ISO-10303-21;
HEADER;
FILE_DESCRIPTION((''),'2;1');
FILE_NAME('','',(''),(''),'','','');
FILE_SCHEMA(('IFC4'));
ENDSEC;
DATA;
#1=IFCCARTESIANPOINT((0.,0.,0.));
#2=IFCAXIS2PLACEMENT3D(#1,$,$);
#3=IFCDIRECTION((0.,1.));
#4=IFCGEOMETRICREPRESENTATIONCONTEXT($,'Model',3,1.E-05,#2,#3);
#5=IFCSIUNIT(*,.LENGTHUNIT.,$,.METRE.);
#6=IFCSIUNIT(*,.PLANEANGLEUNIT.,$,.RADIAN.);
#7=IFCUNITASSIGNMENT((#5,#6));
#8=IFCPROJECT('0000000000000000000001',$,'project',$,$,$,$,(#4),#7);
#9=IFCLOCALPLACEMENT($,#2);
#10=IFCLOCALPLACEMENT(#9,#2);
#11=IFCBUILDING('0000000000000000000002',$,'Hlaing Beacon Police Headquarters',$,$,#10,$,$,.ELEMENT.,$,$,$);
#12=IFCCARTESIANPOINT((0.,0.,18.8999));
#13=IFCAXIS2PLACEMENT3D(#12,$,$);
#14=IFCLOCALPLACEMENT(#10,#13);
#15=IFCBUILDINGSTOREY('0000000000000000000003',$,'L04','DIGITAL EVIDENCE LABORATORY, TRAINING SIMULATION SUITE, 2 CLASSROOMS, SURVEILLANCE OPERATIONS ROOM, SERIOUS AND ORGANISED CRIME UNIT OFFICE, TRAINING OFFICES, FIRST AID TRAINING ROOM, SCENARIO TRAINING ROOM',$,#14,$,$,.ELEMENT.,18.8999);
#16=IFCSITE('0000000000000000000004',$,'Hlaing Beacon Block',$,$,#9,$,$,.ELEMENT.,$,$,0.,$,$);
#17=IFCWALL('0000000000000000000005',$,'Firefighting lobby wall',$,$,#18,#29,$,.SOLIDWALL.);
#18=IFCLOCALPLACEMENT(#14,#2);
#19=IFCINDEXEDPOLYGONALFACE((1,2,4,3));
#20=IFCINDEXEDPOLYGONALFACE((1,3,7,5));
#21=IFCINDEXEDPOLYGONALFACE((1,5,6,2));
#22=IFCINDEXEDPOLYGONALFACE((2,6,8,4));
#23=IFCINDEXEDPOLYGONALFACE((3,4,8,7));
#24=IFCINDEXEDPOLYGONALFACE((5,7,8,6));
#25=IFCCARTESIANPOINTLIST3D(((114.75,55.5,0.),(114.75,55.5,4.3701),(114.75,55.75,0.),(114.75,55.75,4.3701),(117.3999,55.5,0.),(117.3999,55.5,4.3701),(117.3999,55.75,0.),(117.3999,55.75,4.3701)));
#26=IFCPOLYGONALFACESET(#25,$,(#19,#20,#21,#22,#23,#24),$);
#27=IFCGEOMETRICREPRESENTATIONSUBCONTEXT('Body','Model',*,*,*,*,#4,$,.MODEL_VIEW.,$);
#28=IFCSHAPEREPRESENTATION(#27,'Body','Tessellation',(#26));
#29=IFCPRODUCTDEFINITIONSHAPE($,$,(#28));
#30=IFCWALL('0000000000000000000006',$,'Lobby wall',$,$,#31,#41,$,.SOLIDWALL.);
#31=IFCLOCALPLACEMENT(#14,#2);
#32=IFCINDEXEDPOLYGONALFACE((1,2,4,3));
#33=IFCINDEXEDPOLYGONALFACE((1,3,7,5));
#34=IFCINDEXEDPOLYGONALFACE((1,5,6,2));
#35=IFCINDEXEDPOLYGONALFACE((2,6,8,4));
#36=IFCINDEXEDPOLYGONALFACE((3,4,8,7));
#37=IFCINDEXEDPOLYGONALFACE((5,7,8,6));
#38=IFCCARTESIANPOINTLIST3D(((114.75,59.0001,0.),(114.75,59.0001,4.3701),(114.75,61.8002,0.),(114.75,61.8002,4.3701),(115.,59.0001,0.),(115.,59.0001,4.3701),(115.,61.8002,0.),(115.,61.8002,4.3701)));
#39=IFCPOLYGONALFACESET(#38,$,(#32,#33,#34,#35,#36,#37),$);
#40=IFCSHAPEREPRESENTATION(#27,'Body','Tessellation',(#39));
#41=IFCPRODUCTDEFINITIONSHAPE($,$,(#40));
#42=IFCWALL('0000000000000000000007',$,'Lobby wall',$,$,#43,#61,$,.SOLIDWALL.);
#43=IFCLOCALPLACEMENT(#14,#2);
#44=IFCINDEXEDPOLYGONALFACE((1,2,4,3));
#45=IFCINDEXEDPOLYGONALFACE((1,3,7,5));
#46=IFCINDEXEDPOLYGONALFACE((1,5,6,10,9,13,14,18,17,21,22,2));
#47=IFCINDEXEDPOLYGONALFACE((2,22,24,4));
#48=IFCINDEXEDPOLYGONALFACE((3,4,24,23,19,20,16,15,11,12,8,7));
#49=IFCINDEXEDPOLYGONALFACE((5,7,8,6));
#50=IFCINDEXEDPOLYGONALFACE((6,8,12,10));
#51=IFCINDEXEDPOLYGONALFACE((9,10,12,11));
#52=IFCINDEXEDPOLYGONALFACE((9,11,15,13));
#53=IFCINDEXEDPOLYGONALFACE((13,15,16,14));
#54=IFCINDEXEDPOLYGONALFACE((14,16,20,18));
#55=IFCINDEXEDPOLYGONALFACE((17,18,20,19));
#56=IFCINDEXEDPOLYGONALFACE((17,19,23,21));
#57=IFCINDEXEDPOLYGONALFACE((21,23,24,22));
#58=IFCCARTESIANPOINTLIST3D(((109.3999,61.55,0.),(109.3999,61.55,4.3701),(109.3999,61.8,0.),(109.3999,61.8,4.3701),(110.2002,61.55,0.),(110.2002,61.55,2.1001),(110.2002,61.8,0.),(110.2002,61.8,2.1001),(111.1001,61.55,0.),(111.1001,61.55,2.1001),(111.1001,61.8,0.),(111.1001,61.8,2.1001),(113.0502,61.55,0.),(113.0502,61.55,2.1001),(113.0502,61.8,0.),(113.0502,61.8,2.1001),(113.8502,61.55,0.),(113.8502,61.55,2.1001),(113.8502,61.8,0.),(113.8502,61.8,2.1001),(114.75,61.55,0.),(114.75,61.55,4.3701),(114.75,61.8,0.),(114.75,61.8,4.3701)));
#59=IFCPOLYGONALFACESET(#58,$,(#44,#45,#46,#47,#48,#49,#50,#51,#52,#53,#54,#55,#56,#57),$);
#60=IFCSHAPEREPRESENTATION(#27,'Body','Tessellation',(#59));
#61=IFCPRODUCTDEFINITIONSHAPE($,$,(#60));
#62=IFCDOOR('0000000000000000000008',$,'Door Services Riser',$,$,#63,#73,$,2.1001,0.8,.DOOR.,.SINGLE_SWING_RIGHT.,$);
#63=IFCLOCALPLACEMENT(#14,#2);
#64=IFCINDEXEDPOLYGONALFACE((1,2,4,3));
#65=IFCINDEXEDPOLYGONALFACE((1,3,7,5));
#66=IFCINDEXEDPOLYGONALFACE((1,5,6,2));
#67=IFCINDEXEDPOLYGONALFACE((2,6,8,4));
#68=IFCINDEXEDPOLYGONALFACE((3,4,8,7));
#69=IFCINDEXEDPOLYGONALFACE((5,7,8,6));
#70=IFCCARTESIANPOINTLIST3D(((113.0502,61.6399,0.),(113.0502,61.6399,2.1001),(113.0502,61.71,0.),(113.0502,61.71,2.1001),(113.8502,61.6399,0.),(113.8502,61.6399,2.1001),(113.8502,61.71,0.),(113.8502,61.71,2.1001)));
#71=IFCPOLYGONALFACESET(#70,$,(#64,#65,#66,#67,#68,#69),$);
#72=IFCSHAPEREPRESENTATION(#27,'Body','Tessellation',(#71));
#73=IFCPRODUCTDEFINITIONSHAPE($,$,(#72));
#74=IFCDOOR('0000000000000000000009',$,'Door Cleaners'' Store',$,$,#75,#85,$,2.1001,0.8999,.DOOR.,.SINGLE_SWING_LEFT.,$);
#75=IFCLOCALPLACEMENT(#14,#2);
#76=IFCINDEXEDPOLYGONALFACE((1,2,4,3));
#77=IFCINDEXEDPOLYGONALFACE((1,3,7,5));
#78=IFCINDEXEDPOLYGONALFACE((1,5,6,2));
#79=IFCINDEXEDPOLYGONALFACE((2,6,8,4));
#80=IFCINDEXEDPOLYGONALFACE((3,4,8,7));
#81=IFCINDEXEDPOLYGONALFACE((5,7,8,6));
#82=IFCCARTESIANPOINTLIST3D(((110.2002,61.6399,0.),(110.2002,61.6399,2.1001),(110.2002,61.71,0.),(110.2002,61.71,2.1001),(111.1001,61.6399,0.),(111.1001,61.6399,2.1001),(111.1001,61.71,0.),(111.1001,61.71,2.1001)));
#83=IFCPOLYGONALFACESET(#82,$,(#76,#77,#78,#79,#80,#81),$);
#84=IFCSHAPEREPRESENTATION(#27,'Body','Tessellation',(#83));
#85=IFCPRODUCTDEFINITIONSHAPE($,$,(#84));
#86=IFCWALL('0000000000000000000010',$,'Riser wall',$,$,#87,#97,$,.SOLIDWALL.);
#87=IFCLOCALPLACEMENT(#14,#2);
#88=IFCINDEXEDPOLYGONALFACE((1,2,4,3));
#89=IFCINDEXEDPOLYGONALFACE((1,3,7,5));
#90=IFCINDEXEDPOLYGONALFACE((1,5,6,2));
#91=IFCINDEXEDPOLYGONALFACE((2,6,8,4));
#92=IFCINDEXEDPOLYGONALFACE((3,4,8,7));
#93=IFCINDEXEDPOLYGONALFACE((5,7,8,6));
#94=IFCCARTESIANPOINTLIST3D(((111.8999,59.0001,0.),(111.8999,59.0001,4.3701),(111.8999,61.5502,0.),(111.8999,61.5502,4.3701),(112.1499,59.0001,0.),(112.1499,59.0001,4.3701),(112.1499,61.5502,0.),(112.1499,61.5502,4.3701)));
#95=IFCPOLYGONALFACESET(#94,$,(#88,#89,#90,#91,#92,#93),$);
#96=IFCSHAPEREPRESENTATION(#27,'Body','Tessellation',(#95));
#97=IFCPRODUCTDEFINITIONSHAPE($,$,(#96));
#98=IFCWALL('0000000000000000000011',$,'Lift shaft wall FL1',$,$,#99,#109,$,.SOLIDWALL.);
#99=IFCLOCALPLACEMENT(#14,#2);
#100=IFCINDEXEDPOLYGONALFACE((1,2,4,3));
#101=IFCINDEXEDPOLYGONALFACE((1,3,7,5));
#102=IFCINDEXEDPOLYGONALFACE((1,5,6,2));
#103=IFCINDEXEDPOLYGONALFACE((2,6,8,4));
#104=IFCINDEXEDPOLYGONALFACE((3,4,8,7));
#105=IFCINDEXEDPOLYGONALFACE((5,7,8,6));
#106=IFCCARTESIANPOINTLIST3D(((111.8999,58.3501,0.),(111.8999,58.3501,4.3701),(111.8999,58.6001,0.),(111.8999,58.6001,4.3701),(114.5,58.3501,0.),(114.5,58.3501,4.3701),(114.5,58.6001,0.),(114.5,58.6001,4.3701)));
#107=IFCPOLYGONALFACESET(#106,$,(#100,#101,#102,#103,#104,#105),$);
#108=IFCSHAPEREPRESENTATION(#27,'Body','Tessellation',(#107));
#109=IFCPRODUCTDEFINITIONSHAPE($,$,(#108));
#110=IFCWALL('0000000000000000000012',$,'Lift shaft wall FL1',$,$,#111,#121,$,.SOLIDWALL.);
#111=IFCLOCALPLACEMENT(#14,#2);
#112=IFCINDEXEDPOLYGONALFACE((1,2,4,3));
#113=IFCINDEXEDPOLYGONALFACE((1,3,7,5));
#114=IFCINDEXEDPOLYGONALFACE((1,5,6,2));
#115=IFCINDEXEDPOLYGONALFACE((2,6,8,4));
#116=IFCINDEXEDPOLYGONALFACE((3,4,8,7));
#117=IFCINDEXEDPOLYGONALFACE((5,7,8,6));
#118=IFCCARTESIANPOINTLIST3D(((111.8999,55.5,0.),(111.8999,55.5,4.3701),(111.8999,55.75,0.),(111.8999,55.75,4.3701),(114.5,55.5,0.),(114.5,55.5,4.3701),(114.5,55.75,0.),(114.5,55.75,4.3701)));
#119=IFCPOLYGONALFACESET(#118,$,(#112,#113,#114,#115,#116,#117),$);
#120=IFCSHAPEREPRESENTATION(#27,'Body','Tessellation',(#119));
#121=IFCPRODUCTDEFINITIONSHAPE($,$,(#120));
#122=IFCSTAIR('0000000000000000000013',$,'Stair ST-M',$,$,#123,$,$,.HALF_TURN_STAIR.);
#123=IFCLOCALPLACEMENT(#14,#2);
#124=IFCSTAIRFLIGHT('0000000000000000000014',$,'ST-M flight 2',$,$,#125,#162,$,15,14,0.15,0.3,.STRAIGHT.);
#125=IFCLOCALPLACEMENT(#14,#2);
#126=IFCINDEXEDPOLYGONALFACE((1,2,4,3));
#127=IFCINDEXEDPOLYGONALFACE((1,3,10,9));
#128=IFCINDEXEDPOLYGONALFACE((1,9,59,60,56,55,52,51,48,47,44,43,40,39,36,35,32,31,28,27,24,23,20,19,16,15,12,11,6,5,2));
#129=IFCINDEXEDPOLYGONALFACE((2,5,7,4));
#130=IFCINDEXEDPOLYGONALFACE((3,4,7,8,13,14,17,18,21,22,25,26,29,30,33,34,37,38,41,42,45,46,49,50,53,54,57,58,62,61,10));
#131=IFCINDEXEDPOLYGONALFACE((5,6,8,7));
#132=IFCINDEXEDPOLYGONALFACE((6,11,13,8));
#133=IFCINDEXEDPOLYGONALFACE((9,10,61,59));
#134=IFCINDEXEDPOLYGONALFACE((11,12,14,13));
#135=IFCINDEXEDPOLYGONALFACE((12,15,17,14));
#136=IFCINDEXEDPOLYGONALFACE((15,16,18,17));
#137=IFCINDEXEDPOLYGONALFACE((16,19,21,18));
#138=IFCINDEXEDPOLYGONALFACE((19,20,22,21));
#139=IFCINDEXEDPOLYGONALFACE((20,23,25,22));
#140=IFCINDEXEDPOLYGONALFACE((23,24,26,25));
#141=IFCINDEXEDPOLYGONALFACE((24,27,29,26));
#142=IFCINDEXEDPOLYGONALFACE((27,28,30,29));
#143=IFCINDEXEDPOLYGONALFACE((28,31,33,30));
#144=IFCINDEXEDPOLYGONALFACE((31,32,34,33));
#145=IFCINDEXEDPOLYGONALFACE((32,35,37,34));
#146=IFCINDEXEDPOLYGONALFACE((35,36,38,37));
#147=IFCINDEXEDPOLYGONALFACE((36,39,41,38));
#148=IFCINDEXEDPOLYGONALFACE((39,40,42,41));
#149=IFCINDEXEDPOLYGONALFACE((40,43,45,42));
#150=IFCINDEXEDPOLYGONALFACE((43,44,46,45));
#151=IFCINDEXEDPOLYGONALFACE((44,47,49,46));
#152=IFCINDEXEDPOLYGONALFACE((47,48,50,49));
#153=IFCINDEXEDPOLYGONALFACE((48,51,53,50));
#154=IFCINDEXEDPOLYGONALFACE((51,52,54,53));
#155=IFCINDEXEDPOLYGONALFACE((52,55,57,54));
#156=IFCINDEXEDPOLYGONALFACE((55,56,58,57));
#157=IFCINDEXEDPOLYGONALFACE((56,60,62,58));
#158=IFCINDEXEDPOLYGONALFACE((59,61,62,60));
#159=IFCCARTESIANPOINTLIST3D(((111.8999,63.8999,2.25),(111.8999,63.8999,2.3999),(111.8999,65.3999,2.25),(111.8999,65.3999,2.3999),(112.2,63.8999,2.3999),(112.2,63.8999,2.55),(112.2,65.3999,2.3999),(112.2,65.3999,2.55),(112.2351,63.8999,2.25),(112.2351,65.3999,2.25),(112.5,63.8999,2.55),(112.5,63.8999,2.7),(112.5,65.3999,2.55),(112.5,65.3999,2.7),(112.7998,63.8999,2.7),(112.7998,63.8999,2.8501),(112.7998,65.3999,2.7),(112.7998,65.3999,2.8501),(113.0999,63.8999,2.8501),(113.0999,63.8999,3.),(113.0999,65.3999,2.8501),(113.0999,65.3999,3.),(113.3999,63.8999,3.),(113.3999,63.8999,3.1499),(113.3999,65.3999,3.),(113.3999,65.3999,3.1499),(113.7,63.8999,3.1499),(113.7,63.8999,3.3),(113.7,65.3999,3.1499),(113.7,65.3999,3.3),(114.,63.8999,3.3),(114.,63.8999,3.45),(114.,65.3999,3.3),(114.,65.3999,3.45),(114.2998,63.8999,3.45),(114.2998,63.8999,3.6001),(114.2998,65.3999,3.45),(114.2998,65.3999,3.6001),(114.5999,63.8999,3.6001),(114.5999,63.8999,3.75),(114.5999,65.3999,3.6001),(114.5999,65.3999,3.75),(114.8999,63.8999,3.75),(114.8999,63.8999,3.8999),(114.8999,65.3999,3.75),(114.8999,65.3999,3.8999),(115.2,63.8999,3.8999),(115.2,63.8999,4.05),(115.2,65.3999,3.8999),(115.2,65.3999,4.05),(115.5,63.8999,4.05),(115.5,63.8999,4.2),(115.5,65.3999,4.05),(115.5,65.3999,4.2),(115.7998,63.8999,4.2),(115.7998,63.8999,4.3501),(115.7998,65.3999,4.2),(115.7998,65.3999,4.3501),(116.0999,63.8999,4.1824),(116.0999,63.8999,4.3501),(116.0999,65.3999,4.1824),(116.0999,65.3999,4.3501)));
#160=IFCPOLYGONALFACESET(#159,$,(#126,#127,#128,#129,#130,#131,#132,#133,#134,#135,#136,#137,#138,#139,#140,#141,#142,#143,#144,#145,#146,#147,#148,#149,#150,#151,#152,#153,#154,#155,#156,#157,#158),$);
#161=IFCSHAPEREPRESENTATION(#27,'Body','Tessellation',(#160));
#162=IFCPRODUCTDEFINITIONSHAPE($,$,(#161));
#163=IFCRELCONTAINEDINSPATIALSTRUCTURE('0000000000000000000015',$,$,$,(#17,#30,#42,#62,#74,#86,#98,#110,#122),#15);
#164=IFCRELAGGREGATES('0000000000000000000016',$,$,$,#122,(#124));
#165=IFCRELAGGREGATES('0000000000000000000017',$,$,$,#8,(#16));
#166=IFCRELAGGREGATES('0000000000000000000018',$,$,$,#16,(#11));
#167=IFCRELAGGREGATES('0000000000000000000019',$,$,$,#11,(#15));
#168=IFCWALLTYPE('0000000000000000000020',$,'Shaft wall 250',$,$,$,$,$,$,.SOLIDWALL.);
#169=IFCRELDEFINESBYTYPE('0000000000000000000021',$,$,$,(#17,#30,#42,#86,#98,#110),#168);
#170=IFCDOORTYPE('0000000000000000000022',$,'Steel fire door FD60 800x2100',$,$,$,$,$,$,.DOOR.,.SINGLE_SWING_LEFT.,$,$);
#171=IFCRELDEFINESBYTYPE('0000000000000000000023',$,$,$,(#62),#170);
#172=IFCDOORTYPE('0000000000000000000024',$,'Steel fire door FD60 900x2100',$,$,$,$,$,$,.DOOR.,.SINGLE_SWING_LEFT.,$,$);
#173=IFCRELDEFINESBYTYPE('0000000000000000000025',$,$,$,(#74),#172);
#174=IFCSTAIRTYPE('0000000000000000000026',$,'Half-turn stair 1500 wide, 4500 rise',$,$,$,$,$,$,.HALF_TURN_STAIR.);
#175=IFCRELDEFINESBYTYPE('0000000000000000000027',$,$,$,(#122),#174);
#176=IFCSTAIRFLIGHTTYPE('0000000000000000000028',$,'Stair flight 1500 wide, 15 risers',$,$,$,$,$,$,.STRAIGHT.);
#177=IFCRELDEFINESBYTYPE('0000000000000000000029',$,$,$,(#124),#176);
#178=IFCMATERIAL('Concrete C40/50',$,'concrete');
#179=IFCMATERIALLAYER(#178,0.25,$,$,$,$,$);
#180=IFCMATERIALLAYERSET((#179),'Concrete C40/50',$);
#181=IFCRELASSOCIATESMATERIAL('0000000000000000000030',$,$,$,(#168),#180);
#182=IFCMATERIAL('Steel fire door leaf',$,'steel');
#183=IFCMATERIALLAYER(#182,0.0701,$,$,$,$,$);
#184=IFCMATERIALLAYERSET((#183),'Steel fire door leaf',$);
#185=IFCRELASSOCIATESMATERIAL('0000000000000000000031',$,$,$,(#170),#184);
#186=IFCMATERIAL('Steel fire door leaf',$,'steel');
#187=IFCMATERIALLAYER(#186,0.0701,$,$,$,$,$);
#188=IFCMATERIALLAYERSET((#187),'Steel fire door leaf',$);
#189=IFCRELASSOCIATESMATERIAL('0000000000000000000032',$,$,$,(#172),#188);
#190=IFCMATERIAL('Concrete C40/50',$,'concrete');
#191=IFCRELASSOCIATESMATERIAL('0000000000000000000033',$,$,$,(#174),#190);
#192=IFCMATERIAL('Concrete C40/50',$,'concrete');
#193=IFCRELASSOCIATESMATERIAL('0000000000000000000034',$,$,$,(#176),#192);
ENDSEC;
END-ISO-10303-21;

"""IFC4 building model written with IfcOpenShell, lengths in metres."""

from ifc_helpers import new_model, si_unit, direction, frame, frame_2d, origin, place, context, subcontext, project, spatial, polyline, rectangle, outline, extrude, material, layer, layer_set, type_object, element, fill, aggregate, save


model = new_model("IFC4")

# Units and contexts
model_context = context("Model", 3, precision=1e-05, world=origin(), true_north=direction((0.0, 1.0)))
body_context = subcontext(model_context, "Body", "Model", "MODEL_VIEW")
ifc_project = project(units=[si_unit("LENGTHUNIT", "METRE"), si_unit("PLANEANGLEUNIT", "RADIAN")], contexts=[model_context])

# Site, building, storey
site_placement = place(None, origin())
site = spatial("IfcSite", under=ifc_project, at=site_placement, Name="Hlaing Beacon Block", CompositionType="ELEMENT", RefElevation=0.0)
building_placement = place(site_placement, origin())
building = spatial("IfcBuilding", under=site, at=building_placement, Name="Hlaing Beacon Police Headquarters", CompositionType="ELEMENT")
storey_placement = place(building_placement, frame((0.0, 0.0, 18.8999)))
storey = spatial("IfcBuildingStorey", under=building, at=storey_placement, Name="L04", Description="DIGITAL EVIDENCE LABORATORY, TRAINING SIMULATION SUITE, 2 CLASSROOMS, SURVEILLANCE OPERATIONS ROOM, SERIOUS AND ORGANISED CRIME UNIT OFFICE, TRAINING OFFICES, FIRST AID TRAINING ROOM, SCENARIO TRAINING ROOM", CompositionType="ELEMENT", Elevation=18.8999)

# Walls
ifc_material_1 = material(Name="Concrete C40/50", Category="concrete")
ifc_layer_1 = layer(ifc_material_1, 0.25)
ifc_layer_set_1 = layer_set([ifc_layer_1], Name="Concrete C40/50")
wall_type_1 = type_object("IfcWallType", Name="Shaft wall 250", PredefinedType="SOLIDWALL", material=ifc_layer_set_1)
wall_1_placement = place(storey_placement, frame((114.75, 55.625, 0.0), z_axis=(0.0, 0.0, 1.0), x_axis=(1.0, 0.0, 0.0)))
element("IfcWall", 1, at=wall_1_placement, inside=storey, type_object=wall_type_1, Name="Firefighting lobby wall", PredefinedType="SOLIDWALL", context=body_context, shape_type="SweptSolid", body=[
    extrude(rectangle(XDim=2.6499, YDim=0.25, at=frame_2d((1.325, 0.0))), origin(), (0.0, 0.0, 1.0), 4.3701),
])
wall_2_placement = place(storey_placement, frame((114.875, 61.8, 0.0), z_axis=(0.0, 0.0, 1.0), x_axis=(0.0, -1.0, 0.0)))
element("IfcWall", 2, at=wall_2_placement, inside=storey, type_object=wall_type_1, Name="Lobby wall", PredefinedType="SOLIDWALL", context=body_context, shape_type="SweptSolid", body=[
    extrude(rectangle(XDim=2.8, YDim=0.25, at=frame_2d((1.3999, 0.0))), origin(), (0.0, 0.0, 1.0), 4.3701),
])

# Wall, openings, doors
wall_3_placement = place(storey_placement, frame((114.75, 61.675, 0.0), z_axis=(0.0, 0.0, 1.0), x_axis=(-1.0, 0.0, 0.0)))
wall_3 = element("IfcWall", 3, at=wall_3_placement, inside=storey, type_object=wall_type_1, Name="Lobby wall", PredefinedType="SOLIDWALL", context=body_context, shape_type="SweptSolid", body=[
    extrude(rectangle(XDim=5.3501, YDim=0.25, at=frame_2d((2.675, 0.0))), origin(), (0.0, 0.0, 1.0), 4.3701),
])
opening_1_placement = place(wall_3_placement, frame((3.6499, 0.0, 0.0)))
opening_1 = element("IfcOpeningElement", 4, at=opening_1_placement, cuts=wall_3, PredefinedType="OPENING", context=body_context, shape_type="SweptSolid", body=[
    extrude(rectangle(XDim=0.8999, YDim=2.1001, at=frame_2d((0.45, 1.05))), frame((0.0, 0.135, 0.0), z_axis=(0.0, -1.0, 0.0), x_axis=(1.0, 0.0, 0.0)), (0.0, 0.0, 1.0), 0.27),
])
opening_2_placement = place(wall_3_placement, frame((0.8999, 0.0, 0.0)))
opening_2 = element("IfcOpeningElement", 5, at=opening_2_placement, cuts=wall_3, PredefinedType="OPENING", context=body_context, shape_type="SweptSolid", body=[
    extrude(rectangle(XDim=0.8, YDim=2.1001, at=frame_2d((0.3999, 1.05))), frame((0.0, 0.135, 0.0), z_axis=(0.0, -1.0, 0.0), x_axis=(1.0, 0.0, 0.0)), (0.0, 0.0, 1.0), 0.27),
])
ifc_material_2 = material(Name="Steel fire door leaf", Category="steel")
ifc_layer_2 = layer(ifc_material_2, 0.0701)
ifc_layer_set_2 = layer_set([ifc_layer_2], Name="Steel fire door leaf")
door_type_1 = type_object("IfcDoorType", Name="Steel fire door FD60 800x2100", OperationType="SINGLE_SWING_LEFT", PredefinedType="DOOR", material=ifc_layer_set_2)
door_1_placement = place(opening_2_placement, origin())
door_1 = element("IfcDoor", 6, at=door_1_placement, inside=storey, type_object=door_type_1, Name="Door Services Riser", OperationType="SINGLE_SWING_RIGHT", OverallHeight=2.1001, OverallWidth=0.8, PredefinedType="DOOR", context=body_context, shape_type="SweptSolid", body=[
    extrude(rectangle(XDim=0.8, YDim=2.1001, at=frame_2d((0.3999, 1.05))), frame((0.0, 0.0352, 0.0), z_axis=(0.0, -1.0, 0.0), x_axis=(1.0, 0.0, 0.0)), (0.0, 0.0, 1.0), 0.0701),
])
fill(opening_2, door_1)
ifc_material_3 = material(Name="Steel fire door leaf", Category="steel")
ifc_layer_3 = layer(ifc_material_3, 0.0701)
ifc_layer_set_3 = layer_set([ifc_layer_3], Name="Steel fire door leaf")
door_type_2 = type_object("IfcDoorType", Name="Steel fire door FD60 900x2100", OperationType="SINGLE_SWING_LEFT", PredefinedType="DOOR", material=ifc_layer_set_3)
door_2_placement = place(opening_1_placement, origin())
door_2 = element("IfcDoor", 7, at=door_2_placement, inside=storey, type_object=door_type_2, Name="Door Cleaners' Store", OperationType="SINGLE_SWING_LEFT", OverallHeight=2.1001, OverallWidth=0.8999, PredefinedType="DOOR", context=body_context, shape_type="SweptSolid", body=[
    extrude(rectangle(XDim=0.8999, YDim=2.1001, at=frame_2d((0.45, 1.05))), frame((0.0, 0.0352, 0.0), z_axis=(0.0, -1.0, 0.0), x_axis=(1.0, 0.0, 0.0)), (0.0, 0.0, 1.0), 0.0701),
])
fill(opening_1, door_2)

# Walls
wall_4_placement = place(storey_placement, frame((112.0249, 61.55, 0.0), z_axis=(0.0, 0.0, 1.0), x_axis=(0.0, -1.0, 0.0)))
element("IfcWall", 8, at=wall_4_placement, inside=storey, type_object=wall_type_1, Name="Riser wall", PredefinedType="SOLIDWALL", context=body_context, shape_type="SweptSolid", body=[
    extrude(rectangle(XDim=2.55, YDim=0.25, at=frame_2d((1.2749, 0.0))), origin(), (0.0, 0.0, 1.0), 4.3701),
])
for number, where, z_axis, x_axis, name in (
    (9, (111.8999, 58.4751, 0.0), (0.0, 0.0, 1.0), (1.0, 0.0, 0.0), "Lift shaft wall FL1"),
    (10, (111.8999, 55.625, 0.0), (0.0, 0.0, 1.0), (1.0, 0.0, 0.0), "Lift shaft wall FL1"),
):
    element("IfcWall", number, at=place(storey_placement, frame(where, z_axis=z_axis, x_axis=x_axis)), inside=storey, type_object=wall_type_1, Name=name, PredefinedType="SOLIDWALL", context=body_context, shape_type="SweptSolid", body=[
        extrude(rectangle(XDim=2.6001, YDim=0.25, at=frame_2d((1.3, 0.0))), origin(), (0.0, 0.0, 1.0), 4.3701),
    ])

# Stair, stair flight
ifc_material_4 = material(Name="Concrete C40/50", Category="concrete")
stair_type = type_object("IfcStairType", Name="Half-turn stair 1500 wide, 4500 rise", PredefinedType="HALF_TURN_STAIR", material=ifc_material_4)
stair_placement = place(storey_placement, origin())
stair = element("IfcStair", 11, at=stair_placement, inside=storey, type_object=stair_type, Name="Stair ST-M", PredefinedType="HALF_TURN_STAIR")
ifc_material_5 = material(Name="Concrete C40/50", Category="concrete")
stair_flight_type = type_object("IfcStairFlightType", Name="Stair flight 1500 wide, 15 risers", PredefinedType="STRAIGHT", material=ifc_material_5)
stair_flight_placement = place(storey_placement, frame((111.8999, 64.6499, 2.25), z_axis=(0.0, 0.0, 1.0), x_axis=(1.0, 0.0, 0.0)))
stair_flight = element("IfcStairFlight", 12, at=stair_flight_placement, type_object=stair_flight_type, Name="ST-M flight 2", NumberOfRisers=15, NumberOfTreads=14, PredefinedType="STRAIGHT", RiserHeight=0.15, TreadLength=0.3, context=body_context, shape_type="SweptSolid", body=[
    extrude(outline(polyline([(0.0, 0.0), (0.0, 0.1499), (0.3, 0.1499), (0.3, 0.3), (0.6001, 0.3), (0.6001, 0.45), (0.8999, 0.45), (0.8999, 0.6001), (1.2, 0.6001), (1.2, 0.75), (1.5, 0.75), (1.5, 0.8999), (1.8, 0.8999), (1.8, 1.05), (2.1001, 1.05), (2.1001, 1.2), (2.3999, 1.2), (2.3999, 1.3501), (2.7, 1.3501), (2.7, 1.5), (3.0, 1.5), (3.0, 1.6499), (3.3, 1.6499), (3.3, 1.8), (3.6001, 1.8), (3.6001, 1.95), (3.8999, 1.95), (3.8999, 2.1001), (4.2, 2.1001), (4.2, 2.25), (4.2, 1.9324), (0.3352, 0.0), (0.0, 0.0)])), frame((0.0, 0.75, 0.0), z_axis=(0.0, -1.0, 0.0), x_axis=(1.0, 0.0, 0.0)), (0.0, 0.0, 1.0), 1.5),
])
aggregate(stair, [stair_flight])

save(model, "model.ifc")
